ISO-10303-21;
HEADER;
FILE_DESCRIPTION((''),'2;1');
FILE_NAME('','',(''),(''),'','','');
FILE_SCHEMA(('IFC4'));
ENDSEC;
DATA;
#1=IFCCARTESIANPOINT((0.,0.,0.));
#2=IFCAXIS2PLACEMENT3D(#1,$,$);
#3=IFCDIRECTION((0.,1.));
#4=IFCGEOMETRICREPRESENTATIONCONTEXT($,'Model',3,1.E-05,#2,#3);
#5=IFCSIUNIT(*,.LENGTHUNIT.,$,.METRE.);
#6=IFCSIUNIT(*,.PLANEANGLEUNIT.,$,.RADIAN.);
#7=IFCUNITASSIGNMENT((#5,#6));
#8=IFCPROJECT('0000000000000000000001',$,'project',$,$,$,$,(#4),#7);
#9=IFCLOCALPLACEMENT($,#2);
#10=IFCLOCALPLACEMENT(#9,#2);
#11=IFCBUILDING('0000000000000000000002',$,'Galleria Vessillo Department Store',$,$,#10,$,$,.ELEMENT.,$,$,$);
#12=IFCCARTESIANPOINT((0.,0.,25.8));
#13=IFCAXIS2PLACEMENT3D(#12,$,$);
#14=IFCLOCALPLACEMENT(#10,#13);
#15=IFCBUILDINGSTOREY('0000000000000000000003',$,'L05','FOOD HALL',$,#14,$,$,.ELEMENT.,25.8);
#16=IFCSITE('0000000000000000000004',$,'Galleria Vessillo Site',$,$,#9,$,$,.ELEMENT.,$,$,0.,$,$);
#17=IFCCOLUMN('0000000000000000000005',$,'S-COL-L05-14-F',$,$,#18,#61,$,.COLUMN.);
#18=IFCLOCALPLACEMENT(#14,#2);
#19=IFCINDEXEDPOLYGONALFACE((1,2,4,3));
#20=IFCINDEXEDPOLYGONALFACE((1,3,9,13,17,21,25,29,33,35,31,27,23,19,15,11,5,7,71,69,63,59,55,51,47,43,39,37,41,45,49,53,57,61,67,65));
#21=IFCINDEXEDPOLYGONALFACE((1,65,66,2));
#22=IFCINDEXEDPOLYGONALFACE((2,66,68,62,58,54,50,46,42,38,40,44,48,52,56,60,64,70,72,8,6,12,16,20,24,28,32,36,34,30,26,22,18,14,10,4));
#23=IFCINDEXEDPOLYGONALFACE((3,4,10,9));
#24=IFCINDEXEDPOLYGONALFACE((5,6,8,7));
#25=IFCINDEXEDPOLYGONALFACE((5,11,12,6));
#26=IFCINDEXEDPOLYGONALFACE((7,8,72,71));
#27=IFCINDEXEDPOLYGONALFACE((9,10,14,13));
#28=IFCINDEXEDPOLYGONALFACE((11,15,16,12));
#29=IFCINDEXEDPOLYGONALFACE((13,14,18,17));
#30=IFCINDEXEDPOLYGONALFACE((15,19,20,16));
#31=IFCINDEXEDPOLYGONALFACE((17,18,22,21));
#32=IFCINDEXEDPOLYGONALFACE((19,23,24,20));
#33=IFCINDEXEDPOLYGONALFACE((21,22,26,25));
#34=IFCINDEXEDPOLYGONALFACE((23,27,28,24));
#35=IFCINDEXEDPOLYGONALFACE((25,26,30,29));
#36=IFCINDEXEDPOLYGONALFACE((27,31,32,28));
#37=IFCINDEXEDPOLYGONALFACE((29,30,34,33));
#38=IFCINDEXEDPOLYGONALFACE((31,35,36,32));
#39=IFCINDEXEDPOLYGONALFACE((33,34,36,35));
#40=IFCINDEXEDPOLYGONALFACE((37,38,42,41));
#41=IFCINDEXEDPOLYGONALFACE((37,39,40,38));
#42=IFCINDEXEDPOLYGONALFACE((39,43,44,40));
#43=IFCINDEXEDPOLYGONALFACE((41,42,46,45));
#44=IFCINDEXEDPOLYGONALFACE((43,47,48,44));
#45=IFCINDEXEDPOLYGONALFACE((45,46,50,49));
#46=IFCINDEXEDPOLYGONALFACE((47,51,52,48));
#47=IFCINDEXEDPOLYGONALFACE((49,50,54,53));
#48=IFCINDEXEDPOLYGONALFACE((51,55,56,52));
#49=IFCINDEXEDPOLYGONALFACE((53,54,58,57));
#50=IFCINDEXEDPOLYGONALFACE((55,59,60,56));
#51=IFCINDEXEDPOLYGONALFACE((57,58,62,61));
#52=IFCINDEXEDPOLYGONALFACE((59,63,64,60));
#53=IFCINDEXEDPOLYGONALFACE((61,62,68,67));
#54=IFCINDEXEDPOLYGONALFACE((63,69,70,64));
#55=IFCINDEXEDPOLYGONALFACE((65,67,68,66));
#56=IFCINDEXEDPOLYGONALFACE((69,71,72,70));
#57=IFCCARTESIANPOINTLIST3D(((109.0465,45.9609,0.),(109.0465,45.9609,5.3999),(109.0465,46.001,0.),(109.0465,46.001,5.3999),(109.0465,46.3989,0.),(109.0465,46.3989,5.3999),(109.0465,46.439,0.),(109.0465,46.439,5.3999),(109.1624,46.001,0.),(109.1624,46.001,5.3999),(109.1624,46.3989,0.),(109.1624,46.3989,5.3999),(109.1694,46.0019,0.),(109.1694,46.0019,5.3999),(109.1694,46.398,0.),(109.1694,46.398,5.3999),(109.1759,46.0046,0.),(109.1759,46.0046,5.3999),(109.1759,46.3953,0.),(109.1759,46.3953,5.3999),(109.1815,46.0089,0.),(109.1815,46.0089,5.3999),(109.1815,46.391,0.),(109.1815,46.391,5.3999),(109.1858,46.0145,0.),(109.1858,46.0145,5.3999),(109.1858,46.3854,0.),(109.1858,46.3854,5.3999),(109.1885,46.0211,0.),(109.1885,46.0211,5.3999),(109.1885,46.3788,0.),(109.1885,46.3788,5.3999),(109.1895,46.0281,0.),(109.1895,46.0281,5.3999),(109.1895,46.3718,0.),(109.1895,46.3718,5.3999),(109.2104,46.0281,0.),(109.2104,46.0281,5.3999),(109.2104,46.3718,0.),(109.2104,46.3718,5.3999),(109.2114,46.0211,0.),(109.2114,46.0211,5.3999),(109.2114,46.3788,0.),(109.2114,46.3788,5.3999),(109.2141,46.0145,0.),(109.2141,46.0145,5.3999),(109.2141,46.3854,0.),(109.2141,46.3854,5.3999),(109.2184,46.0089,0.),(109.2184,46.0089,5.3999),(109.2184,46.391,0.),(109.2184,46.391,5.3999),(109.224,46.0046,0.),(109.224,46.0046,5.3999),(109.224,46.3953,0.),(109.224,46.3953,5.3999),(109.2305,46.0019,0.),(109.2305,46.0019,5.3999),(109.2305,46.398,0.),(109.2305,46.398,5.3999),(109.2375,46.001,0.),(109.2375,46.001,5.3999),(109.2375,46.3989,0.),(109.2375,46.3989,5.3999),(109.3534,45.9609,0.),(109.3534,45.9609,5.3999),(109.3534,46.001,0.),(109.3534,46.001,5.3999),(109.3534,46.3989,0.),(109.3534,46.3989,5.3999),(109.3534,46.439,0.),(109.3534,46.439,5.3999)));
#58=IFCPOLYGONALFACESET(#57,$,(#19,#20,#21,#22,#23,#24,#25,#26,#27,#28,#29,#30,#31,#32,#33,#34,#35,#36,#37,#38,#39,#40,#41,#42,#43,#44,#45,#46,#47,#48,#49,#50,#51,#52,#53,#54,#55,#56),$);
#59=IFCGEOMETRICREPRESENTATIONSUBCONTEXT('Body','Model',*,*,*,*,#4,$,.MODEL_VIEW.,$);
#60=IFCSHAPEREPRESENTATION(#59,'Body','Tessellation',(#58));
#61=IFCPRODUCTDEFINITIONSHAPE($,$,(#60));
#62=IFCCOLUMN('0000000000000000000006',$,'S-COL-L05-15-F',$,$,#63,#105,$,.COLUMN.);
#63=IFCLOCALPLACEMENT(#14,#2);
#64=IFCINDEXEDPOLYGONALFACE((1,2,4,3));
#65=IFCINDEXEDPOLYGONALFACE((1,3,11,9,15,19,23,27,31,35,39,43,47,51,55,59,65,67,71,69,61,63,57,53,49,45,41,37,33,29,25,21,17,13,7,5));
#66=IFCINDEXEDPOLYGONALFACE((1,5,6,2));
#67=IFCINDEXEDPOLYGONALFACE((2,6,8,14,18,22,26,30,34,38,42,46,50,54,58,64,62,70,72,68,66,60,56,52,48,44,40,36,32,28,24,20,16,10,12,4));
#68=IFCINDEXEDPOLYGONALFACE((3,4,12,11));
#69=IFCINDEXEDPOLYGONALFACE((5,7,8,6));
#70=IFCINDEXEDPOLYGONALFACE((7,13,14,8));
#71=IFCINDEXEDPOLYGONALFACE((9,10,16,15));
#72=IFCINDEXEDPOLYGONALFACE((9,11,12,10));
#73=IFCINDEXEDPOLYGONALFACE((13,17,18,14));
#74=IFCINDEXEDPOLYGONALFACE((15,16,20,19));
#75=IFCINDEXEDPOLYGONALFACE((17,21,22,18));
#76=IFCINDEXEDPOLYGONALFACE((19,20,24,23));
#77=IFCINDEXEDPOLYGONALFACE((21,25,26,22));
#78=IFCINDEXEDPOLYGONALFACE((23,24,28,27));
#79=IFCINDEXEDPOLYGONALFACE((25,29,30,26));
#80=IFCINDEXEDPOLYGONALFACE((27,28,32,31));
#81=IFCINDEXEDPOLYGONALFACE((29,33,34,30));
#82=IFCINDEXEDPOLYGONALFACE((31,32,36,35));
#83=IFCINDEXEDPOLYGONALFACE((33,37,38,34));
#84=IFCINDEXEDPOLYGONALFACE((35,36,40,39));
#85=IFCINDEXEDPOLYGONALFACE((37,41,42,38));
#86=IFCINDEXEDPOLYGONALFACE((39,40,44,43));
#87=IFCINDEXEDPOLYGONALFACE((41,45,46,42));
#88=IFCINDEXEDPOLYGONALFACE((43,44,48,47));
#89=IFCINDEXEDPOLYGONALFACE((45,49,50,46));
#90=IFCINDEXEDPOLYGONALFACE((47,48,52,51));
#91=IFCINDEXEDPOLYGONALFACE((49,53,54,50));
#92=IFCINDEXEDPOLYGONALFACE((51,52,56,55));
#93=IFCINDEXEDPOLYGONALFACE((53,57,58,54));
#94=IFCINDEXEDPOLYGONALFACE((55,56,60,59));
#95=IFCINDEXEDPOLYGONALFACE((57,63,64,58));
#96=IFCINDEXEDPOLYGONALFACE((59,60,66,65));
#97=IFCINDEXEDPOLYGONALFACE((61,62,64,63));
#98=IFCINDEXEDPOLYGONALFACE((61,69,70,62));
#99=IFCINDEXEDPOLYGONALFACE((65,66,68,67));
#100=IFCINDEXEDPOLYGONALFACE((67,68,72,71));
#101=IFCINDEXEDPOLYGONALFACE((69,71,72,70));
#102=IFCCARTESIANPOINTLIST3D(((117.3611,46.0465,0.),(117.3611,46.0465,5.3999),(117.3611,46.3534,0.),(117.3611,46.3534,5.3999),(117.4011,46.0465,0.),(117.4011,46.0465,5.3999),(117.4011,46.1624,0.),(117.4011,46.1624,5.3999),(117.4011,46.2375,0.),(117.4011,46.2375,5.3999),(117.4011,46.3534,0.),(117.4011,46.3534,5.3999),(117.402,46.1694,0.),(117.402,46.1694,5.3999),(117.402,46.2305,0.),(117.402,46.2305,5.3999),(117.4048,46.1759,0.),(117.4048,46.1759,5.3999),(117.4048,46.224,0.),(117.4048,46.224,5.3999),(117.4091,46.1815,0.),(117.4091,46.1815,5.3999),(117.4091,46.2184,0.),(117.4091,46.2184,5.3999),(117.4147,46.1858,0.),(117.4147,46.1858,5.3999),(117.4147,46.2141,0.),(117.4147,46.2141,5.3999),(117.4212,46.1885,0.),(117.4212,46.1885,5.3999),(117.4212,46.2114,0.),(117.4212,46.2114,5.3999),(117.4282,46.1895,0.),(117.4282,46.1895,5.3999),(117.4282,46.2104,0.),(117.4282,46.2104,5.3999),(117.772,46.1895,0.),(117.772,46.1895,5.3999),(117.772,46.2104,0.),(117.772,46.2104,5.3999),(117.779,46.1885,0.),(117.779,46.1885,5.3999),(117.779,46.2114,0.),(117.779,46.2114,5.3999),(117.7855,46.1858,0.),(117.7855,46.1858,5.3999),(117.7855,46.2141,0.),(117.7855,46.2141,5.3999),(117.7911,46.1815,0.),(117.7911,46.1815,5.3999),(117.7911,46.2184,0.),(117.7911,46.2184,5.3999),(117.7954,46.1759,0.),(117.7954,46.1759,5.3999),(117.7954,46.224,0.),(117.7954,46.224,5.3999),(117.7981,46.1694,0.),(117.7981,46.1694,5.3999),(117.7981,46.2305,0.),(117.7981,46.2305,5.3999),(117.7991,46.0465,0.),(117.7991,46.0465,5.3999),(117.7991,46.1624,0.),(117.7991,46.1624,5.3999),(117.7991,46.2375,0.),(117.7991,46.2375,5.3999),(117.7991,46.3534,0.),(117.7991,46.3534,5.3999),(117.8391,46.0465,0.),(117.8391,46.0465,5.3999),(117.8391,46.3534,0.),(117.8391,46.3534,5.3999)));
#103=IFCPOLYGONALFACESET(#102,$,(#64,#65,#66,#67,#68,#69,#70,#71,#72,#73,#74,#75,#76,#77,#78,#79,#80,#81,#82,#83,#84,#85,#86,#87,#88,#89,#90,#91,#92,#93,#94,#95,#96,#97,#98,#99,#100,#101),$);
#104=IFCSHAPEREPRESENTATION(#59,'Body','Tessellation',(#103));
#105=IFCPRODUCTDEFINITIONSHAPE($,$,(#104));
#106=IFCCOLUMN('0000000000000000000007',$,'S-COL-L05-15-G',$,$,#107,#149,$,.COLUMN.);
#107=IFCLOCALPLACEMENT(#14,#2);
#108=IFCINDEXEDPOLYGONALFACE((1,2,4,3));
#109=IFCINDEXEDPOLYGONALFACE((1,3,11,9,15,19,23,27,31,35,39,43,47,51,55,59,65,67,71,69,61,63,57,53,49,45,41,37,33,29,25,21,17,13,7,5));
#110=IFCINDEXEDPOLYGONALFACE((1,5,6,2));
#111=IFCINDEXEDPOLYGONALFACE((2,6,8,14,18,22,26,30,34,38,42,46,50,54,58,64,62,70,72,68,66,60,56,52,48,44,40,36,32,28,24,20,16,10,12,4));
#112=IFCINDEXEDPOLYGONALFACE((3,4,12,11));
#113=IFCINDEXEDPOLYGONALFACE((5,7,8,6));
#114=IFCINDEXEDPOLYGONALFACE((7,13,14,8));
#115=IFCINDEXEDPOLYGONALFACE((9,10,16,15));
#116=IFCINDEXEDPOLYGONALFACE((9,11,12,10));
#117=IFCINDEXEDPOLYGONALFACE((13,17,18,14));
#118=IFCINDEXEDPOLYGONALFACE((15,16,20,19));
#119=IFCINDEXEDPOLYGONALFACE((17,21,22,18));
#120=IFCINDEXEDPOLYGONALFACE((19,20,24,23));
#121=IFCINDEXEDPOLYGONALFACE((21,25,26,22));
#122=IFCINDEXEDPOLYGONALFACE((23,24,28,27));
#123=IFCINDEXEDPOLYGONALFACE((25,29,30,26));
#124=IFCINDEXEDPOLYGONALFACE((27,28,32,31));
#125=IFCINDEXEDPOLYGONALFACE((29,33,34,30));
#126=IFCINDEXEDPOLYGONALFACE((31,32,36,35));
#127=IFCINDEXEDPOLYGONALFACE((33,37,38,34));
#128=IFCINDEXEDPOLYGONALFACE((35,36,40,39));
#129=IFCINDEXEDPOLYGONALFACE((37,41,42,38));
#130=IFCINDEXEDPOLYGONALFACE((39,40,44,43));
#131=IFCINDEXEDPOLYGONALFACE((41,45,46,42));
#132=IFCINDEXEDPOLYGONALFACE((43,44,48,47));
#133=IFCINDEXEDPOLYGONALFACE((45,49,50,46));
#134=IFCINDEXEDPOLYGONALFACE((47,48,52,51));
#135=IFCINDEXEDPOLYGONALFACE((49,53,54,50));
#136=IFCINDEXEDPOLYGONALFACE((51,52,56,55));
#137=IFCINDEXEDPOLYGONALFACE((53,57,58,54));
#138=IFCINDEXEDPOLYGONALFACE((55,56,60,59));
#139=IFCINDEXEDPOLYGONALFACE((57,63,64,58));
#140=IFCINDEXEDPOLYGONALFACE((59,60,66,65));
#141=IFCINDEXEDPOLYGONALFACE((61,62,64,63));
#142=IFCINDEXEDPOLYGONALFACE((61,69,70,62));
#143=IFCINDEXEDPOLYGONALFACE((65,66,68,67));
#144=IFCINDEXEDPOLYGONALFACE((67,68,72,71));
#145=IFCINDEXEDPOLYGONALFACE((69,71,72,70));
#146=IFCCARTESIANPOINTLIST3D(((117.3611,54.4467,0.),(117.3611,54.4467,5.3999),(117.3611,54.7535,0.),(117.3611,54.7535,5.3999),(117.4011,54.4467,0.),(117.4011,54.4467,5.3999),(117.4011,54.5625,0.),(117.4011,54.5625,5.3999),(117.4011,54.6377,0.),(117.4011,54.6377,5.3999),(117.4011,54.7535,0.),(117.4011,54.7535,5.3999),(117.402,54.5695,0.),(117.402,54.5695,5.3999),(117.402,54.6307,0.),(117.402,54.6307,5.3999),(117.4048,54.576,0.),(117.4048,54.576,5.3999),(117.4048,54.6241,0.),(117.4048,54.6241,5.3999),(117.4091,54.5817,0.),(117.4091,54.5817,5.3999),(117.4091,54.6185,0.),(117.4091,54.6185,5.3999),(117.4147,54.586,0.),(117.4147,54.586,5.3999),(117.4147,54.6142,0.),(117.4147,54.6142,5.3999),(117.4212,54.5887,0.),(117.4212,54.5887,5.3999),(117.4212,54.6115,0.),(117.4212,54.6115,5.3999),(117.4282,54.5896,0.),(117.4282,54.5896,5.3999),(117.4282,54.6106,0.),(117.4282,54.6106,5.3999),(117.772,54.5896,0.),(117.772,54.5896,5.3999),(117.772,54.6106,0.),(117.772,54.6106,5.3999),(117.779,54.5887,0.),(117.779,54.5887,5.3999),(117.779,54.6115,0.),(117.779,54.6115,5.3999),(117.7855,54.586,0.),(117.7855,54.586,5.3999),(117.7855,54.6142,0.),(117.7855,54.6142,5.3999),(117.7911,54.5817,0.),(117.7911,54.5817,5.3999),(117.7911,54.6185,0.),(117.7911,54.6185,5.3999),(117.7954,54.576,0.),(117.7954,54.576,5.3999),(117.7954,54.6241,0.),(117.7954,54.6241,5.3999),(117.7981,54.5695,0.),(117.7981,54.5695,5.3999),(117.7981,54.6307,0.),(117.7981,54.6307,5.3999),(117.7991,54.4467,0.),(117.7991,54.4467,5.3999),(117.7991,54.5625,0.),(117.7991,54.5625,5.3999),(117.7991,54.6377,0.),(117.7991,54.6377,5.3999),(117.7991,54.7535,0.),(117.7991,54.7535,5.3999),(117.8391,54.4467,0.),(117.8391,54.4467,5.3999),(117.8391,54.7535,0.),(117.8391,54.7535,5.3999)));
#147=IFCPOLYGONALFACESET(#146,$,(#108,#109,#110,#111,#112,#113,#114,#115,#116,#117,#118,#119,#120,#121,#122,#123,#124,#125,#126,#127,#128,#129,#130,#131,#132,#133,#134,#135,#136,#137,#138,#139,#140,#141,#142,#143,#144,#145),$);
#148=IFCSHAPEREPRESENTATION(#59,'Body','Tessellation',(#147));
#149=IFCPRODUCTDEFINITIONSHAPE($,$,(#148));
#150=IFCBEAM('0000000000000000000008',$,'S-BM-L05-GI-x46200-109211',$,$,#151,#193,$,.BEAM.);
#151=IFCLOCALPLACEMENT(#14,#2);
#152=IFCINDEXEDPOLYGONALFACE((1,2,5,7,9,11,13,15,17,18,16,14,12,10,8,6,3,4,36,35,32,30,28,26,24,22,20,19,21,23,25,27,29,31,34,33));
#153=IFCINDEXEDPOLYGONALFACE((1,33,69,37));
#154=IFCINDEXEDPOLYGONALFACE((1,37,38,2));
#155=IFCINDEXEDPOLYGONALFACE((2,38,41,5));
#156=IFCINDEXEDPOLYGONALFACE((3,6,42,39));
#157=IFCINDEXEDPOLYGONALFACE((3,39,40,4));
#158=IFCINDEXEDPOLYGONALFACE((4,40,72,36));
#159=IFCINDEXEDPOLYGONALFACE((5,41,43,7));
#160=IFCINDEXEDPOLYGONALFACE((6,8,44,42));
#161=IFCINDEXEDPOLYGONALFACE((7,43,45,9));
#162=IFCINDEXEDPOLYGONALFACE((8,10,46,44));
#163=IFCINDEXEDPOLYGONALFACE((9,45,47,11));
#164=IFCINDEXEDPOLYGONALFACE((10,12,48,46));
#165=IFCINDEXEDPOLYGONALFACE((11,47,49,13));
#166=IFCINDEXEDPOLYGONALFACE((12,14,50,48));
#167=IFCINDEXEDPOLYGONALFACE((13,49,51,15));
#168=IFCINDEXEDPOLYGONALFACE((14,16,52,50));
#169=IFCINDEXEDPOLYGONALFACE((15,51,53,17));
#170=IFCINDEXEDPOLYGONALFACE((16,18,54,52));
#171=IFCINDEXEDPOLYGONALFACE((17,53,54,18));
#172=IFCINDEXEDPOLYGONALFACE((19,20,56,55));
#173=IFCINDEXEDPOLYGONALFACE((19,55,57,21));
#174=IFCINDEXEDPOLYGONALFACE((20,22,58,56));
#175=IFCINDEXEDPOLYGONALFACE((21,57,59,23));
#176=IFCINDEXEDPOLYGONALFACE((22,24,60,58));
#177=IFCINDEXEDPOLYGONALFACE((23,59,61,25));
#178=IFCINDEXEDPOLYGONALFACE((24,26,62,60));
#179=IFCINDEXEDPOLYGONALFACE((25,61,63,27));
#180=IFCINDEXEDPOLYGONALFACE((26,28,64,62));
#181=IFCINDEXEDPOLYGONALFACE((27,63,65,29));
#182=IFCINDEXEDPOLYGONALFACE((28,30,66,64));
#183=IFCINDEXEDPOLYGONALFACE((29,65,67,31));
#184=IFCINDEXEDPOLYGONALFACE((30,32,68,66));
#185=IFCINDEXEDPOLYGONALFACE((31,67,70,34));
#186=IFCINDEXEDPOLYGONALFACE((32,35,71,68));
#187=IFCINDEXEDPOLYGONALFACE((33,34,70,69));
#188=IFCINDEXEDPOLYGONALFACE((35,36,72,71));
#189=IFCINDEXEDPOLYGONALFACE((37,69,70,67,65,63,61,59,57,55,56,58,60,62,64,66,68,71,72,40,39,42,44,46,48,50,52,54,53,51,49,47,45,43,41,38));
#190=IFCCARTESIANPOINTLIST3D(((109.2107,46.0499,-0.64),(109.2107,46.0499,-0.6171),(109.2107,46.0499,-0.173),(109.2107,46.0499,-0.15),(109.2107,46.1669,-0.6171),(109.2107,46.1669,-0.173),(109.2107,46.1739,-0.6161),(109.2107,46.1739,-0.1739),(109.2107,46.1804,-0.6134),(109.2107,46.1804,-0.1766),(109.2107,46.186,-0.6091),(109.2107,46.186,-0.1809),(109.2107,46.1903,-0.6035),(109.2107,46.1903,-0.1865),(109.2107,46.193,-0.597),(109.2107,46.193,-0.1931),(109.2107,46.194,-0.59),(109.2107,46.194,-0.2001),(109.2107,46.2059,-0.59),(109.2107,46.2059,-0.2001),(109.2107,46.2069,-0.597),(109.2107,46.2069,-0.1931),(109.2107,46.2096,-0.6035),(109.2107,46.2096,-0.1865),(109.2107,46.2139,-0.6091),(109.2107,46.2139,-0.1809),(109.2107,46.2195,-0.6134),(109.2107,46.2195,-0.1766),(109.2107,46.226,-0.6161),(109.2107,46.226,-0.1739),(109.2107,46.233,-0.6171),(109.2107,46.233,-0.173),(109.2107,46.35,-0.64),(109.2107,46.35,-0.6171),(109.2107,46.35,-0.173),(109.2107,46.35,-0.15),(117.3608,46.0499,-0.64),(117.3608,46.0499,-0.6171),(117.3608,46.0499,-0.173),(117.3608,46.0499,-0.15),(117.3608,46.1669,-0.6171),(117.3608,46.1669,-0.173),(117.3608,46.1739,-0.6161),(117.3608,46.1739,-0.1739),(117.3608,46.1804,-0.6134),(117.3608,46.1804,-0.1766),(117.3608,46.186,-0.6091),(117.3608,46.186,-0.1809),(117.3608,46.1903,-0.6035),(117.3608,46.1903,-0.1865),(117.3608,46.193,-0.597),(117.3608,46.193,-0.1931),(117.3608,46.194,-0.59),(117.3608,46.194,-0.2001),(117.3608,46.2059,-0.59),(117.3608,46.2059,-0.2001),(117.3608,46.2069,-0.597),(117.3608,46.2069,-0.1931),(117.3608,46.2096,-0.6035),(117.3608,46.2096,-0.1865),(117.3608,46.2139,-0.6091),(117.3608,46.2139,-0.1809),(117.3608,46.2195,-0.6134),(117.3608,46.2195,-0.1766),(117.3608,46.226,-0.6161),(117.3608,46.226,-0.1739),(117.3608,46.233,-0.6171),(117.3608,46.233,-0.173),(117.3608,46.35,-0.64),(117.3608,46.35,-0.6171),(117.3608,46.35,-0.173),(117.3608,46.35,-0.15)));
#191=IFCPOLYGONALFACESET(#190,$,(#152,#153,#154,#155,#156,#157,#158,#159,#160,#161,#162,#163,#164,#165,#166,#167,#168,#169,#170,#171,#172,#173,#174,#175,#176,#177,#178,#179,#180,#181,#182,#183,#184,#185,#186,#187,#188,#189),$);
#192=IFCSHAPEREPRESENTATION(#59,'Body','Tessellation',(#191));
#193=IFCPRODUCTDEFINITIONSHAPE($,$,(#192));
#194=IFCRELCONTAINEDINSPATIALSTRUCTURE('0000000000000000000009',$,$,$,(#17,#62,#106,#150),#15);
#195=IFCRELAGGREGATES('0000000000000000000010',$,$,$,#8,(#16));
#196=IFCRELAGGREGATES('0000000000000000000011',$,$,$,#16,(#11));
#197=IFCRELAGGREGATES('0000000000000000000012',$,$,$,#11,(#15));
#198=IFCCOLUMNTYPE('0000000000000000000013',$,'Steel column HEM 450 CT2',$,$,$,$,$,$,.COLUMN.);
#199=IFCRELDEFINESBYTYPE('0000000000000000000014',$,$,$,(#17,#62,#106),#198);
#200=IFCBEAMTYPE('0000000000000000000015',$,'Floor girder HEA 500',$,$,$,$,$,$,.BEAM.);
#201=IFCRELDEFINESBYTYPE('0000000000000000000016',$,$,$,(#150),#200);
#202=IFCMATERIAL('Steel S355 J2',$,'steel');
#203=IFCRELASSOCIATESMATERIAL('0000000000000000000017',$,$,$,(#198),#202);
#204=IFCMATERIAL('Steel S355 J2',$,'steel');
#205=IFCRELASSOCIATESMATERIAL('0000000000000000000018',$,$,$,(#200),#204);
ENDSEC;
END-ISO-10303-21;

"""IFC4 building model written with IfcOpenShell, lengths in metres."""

from ifc_helpers import new_model, si_unit, direction, frame, origin, origin_2d, place, context, subcontext, project, spatial, i_section, extrude, material, material_profile, profile_set, type_object, element, save


model = new_model("IFC4")

# Units and contexts
model_context = context("Model", 3, precision=1e-05, world=origin(), true_north=direction((0.0, 1.0)))
body_context = subcontext(model_context, "Body", "Model", "MODEL_VIEW")
ifc_project = project(units=[si_unit("LENGTHUNIT", "METRE"), si_unit("PLANEANGLEUNIT", "RADIAN")], contexts=[model_context])

# Site, building, storey
site_placement = place(None, origin())
site = spatial("IfcSite", under=ifc_project, at=site_placement, Name="Galleria Vessillo Site", CompositionType="ELEMENT", RefElevation=0.0)
building_placement = place(site_placement, origin())
building = spatial("IfcBuilding", under=site, at=building_placement, Name="Galleria Vessillo Department Store", CompositionType="ELEMENT")
storey_placement = place(building_placement, frame((0.0, 0.0, 25.8)))
storey = spatial("IfcBuildingStorey", under=building, at=storey_placement, Name="L05", Description="FOOD HALL", CompositionType="ELEMENT", Elevation=25.8)

# Columns
ifc_material_1 = material(Name="Steel S355 J2", Category="steel")
ifc_material_profile_1 = material_profile(ifc_material_1, i_section(OverallWidth=0.3069, OverallDepth=0.478, WebThickness=0.021, FlangeThickness=0.04, FilletRadius=0.0271, at=origin_2d()), Name="HEM 450")
ifc_profile_set_1 = profile_set([ifc_material_profile_1], Name="Steel S355 J2")
column_type = type_object("IfcColumnType", Name="Steel column HEM 450 CT2", PredefinedType="COLUMN", material=ifc_profile_set_1)
for number, where, z_axis, x_axis, name in (
    (1, (109.2, 46.2, 0.0), (0.0, 0.0, 1.0), (1.0, 0.0, 0.0), "S-COL-L05-14-F"),
    (2, (117.6001, 46.2, 0.0), (0.0, 0.0, 1.0), (0.0, 1.0, 0.0), "S-COL-L05-15-F"),
    (3, (117.6001, 54.6001, 0.0), (0.0, 0.0, 1.0), (0.0, 1.0, 0.0), "S-COL-L05-15-G"),
):
    element("IfcColumn", number, at=place(storey_placement, frame(where, z_axis=z_axis, x_axis=x_axis)), inside=storey, type_object=column_type, Name=name, PredefinedType="COLUMN", context=body_context, shape_type="SweptSolid", body=[
        extrude(i_section(OverallWidth=0.3069, OverallDepth=0.478, WebThickness=0.021, FlangeThickness=0.04, FilletRadius=0.0271, at=origin_2d()), origin(), (0.0, 0.0, 1.0), 5.3999),
    ])

# Beam
ifc_material_2 = material(Name="Steel S355 J2", Category="steel")
ifc_material_profile_2 = material_profile(ifc_material_2, i_section(OverallWidth=0.3, OverallDepth=0.49, WebThickness=0.012, FlangeThickness=0.0229, FilletRadius=0.0271, at=origin_2d()), Name="HEA 500")
ifc_profile_set_2 = profile_set([ifc_material_profile_2], Name="Steel S355 J2")
beam_type_1 = type_object("IfcBeamType", Name="Floor girder HEA 500", PredefinedType="BEAM", material=ifc_profile_set_2)
beam_1_placement = place(storey_placement, frame((109.2107, 46.2, -0.395), z_axis=(1.0, 0.0, 0.0), x_axis=(0.0, 1.0, 0.0)))
element("IfcBeam", 4, at=beam_1_placement, inside=storey, type_object=beam_type_1, Name="S-BM-L05-GI-x46200-109211", PredefinedType="BEAM", context=body_context, shape_type="SweptSolid", body=[
    extrude(i_section(OverallWidth=0.3, OverallDepth=0.49, WebThickness=0.012, FlangeThickness=0.0229, FilletRadius=0.0271, at=origin_2d()), origin(), (0.0, 0.0, 1.0), 8.1501),
])

save(model, "model.ifc")
